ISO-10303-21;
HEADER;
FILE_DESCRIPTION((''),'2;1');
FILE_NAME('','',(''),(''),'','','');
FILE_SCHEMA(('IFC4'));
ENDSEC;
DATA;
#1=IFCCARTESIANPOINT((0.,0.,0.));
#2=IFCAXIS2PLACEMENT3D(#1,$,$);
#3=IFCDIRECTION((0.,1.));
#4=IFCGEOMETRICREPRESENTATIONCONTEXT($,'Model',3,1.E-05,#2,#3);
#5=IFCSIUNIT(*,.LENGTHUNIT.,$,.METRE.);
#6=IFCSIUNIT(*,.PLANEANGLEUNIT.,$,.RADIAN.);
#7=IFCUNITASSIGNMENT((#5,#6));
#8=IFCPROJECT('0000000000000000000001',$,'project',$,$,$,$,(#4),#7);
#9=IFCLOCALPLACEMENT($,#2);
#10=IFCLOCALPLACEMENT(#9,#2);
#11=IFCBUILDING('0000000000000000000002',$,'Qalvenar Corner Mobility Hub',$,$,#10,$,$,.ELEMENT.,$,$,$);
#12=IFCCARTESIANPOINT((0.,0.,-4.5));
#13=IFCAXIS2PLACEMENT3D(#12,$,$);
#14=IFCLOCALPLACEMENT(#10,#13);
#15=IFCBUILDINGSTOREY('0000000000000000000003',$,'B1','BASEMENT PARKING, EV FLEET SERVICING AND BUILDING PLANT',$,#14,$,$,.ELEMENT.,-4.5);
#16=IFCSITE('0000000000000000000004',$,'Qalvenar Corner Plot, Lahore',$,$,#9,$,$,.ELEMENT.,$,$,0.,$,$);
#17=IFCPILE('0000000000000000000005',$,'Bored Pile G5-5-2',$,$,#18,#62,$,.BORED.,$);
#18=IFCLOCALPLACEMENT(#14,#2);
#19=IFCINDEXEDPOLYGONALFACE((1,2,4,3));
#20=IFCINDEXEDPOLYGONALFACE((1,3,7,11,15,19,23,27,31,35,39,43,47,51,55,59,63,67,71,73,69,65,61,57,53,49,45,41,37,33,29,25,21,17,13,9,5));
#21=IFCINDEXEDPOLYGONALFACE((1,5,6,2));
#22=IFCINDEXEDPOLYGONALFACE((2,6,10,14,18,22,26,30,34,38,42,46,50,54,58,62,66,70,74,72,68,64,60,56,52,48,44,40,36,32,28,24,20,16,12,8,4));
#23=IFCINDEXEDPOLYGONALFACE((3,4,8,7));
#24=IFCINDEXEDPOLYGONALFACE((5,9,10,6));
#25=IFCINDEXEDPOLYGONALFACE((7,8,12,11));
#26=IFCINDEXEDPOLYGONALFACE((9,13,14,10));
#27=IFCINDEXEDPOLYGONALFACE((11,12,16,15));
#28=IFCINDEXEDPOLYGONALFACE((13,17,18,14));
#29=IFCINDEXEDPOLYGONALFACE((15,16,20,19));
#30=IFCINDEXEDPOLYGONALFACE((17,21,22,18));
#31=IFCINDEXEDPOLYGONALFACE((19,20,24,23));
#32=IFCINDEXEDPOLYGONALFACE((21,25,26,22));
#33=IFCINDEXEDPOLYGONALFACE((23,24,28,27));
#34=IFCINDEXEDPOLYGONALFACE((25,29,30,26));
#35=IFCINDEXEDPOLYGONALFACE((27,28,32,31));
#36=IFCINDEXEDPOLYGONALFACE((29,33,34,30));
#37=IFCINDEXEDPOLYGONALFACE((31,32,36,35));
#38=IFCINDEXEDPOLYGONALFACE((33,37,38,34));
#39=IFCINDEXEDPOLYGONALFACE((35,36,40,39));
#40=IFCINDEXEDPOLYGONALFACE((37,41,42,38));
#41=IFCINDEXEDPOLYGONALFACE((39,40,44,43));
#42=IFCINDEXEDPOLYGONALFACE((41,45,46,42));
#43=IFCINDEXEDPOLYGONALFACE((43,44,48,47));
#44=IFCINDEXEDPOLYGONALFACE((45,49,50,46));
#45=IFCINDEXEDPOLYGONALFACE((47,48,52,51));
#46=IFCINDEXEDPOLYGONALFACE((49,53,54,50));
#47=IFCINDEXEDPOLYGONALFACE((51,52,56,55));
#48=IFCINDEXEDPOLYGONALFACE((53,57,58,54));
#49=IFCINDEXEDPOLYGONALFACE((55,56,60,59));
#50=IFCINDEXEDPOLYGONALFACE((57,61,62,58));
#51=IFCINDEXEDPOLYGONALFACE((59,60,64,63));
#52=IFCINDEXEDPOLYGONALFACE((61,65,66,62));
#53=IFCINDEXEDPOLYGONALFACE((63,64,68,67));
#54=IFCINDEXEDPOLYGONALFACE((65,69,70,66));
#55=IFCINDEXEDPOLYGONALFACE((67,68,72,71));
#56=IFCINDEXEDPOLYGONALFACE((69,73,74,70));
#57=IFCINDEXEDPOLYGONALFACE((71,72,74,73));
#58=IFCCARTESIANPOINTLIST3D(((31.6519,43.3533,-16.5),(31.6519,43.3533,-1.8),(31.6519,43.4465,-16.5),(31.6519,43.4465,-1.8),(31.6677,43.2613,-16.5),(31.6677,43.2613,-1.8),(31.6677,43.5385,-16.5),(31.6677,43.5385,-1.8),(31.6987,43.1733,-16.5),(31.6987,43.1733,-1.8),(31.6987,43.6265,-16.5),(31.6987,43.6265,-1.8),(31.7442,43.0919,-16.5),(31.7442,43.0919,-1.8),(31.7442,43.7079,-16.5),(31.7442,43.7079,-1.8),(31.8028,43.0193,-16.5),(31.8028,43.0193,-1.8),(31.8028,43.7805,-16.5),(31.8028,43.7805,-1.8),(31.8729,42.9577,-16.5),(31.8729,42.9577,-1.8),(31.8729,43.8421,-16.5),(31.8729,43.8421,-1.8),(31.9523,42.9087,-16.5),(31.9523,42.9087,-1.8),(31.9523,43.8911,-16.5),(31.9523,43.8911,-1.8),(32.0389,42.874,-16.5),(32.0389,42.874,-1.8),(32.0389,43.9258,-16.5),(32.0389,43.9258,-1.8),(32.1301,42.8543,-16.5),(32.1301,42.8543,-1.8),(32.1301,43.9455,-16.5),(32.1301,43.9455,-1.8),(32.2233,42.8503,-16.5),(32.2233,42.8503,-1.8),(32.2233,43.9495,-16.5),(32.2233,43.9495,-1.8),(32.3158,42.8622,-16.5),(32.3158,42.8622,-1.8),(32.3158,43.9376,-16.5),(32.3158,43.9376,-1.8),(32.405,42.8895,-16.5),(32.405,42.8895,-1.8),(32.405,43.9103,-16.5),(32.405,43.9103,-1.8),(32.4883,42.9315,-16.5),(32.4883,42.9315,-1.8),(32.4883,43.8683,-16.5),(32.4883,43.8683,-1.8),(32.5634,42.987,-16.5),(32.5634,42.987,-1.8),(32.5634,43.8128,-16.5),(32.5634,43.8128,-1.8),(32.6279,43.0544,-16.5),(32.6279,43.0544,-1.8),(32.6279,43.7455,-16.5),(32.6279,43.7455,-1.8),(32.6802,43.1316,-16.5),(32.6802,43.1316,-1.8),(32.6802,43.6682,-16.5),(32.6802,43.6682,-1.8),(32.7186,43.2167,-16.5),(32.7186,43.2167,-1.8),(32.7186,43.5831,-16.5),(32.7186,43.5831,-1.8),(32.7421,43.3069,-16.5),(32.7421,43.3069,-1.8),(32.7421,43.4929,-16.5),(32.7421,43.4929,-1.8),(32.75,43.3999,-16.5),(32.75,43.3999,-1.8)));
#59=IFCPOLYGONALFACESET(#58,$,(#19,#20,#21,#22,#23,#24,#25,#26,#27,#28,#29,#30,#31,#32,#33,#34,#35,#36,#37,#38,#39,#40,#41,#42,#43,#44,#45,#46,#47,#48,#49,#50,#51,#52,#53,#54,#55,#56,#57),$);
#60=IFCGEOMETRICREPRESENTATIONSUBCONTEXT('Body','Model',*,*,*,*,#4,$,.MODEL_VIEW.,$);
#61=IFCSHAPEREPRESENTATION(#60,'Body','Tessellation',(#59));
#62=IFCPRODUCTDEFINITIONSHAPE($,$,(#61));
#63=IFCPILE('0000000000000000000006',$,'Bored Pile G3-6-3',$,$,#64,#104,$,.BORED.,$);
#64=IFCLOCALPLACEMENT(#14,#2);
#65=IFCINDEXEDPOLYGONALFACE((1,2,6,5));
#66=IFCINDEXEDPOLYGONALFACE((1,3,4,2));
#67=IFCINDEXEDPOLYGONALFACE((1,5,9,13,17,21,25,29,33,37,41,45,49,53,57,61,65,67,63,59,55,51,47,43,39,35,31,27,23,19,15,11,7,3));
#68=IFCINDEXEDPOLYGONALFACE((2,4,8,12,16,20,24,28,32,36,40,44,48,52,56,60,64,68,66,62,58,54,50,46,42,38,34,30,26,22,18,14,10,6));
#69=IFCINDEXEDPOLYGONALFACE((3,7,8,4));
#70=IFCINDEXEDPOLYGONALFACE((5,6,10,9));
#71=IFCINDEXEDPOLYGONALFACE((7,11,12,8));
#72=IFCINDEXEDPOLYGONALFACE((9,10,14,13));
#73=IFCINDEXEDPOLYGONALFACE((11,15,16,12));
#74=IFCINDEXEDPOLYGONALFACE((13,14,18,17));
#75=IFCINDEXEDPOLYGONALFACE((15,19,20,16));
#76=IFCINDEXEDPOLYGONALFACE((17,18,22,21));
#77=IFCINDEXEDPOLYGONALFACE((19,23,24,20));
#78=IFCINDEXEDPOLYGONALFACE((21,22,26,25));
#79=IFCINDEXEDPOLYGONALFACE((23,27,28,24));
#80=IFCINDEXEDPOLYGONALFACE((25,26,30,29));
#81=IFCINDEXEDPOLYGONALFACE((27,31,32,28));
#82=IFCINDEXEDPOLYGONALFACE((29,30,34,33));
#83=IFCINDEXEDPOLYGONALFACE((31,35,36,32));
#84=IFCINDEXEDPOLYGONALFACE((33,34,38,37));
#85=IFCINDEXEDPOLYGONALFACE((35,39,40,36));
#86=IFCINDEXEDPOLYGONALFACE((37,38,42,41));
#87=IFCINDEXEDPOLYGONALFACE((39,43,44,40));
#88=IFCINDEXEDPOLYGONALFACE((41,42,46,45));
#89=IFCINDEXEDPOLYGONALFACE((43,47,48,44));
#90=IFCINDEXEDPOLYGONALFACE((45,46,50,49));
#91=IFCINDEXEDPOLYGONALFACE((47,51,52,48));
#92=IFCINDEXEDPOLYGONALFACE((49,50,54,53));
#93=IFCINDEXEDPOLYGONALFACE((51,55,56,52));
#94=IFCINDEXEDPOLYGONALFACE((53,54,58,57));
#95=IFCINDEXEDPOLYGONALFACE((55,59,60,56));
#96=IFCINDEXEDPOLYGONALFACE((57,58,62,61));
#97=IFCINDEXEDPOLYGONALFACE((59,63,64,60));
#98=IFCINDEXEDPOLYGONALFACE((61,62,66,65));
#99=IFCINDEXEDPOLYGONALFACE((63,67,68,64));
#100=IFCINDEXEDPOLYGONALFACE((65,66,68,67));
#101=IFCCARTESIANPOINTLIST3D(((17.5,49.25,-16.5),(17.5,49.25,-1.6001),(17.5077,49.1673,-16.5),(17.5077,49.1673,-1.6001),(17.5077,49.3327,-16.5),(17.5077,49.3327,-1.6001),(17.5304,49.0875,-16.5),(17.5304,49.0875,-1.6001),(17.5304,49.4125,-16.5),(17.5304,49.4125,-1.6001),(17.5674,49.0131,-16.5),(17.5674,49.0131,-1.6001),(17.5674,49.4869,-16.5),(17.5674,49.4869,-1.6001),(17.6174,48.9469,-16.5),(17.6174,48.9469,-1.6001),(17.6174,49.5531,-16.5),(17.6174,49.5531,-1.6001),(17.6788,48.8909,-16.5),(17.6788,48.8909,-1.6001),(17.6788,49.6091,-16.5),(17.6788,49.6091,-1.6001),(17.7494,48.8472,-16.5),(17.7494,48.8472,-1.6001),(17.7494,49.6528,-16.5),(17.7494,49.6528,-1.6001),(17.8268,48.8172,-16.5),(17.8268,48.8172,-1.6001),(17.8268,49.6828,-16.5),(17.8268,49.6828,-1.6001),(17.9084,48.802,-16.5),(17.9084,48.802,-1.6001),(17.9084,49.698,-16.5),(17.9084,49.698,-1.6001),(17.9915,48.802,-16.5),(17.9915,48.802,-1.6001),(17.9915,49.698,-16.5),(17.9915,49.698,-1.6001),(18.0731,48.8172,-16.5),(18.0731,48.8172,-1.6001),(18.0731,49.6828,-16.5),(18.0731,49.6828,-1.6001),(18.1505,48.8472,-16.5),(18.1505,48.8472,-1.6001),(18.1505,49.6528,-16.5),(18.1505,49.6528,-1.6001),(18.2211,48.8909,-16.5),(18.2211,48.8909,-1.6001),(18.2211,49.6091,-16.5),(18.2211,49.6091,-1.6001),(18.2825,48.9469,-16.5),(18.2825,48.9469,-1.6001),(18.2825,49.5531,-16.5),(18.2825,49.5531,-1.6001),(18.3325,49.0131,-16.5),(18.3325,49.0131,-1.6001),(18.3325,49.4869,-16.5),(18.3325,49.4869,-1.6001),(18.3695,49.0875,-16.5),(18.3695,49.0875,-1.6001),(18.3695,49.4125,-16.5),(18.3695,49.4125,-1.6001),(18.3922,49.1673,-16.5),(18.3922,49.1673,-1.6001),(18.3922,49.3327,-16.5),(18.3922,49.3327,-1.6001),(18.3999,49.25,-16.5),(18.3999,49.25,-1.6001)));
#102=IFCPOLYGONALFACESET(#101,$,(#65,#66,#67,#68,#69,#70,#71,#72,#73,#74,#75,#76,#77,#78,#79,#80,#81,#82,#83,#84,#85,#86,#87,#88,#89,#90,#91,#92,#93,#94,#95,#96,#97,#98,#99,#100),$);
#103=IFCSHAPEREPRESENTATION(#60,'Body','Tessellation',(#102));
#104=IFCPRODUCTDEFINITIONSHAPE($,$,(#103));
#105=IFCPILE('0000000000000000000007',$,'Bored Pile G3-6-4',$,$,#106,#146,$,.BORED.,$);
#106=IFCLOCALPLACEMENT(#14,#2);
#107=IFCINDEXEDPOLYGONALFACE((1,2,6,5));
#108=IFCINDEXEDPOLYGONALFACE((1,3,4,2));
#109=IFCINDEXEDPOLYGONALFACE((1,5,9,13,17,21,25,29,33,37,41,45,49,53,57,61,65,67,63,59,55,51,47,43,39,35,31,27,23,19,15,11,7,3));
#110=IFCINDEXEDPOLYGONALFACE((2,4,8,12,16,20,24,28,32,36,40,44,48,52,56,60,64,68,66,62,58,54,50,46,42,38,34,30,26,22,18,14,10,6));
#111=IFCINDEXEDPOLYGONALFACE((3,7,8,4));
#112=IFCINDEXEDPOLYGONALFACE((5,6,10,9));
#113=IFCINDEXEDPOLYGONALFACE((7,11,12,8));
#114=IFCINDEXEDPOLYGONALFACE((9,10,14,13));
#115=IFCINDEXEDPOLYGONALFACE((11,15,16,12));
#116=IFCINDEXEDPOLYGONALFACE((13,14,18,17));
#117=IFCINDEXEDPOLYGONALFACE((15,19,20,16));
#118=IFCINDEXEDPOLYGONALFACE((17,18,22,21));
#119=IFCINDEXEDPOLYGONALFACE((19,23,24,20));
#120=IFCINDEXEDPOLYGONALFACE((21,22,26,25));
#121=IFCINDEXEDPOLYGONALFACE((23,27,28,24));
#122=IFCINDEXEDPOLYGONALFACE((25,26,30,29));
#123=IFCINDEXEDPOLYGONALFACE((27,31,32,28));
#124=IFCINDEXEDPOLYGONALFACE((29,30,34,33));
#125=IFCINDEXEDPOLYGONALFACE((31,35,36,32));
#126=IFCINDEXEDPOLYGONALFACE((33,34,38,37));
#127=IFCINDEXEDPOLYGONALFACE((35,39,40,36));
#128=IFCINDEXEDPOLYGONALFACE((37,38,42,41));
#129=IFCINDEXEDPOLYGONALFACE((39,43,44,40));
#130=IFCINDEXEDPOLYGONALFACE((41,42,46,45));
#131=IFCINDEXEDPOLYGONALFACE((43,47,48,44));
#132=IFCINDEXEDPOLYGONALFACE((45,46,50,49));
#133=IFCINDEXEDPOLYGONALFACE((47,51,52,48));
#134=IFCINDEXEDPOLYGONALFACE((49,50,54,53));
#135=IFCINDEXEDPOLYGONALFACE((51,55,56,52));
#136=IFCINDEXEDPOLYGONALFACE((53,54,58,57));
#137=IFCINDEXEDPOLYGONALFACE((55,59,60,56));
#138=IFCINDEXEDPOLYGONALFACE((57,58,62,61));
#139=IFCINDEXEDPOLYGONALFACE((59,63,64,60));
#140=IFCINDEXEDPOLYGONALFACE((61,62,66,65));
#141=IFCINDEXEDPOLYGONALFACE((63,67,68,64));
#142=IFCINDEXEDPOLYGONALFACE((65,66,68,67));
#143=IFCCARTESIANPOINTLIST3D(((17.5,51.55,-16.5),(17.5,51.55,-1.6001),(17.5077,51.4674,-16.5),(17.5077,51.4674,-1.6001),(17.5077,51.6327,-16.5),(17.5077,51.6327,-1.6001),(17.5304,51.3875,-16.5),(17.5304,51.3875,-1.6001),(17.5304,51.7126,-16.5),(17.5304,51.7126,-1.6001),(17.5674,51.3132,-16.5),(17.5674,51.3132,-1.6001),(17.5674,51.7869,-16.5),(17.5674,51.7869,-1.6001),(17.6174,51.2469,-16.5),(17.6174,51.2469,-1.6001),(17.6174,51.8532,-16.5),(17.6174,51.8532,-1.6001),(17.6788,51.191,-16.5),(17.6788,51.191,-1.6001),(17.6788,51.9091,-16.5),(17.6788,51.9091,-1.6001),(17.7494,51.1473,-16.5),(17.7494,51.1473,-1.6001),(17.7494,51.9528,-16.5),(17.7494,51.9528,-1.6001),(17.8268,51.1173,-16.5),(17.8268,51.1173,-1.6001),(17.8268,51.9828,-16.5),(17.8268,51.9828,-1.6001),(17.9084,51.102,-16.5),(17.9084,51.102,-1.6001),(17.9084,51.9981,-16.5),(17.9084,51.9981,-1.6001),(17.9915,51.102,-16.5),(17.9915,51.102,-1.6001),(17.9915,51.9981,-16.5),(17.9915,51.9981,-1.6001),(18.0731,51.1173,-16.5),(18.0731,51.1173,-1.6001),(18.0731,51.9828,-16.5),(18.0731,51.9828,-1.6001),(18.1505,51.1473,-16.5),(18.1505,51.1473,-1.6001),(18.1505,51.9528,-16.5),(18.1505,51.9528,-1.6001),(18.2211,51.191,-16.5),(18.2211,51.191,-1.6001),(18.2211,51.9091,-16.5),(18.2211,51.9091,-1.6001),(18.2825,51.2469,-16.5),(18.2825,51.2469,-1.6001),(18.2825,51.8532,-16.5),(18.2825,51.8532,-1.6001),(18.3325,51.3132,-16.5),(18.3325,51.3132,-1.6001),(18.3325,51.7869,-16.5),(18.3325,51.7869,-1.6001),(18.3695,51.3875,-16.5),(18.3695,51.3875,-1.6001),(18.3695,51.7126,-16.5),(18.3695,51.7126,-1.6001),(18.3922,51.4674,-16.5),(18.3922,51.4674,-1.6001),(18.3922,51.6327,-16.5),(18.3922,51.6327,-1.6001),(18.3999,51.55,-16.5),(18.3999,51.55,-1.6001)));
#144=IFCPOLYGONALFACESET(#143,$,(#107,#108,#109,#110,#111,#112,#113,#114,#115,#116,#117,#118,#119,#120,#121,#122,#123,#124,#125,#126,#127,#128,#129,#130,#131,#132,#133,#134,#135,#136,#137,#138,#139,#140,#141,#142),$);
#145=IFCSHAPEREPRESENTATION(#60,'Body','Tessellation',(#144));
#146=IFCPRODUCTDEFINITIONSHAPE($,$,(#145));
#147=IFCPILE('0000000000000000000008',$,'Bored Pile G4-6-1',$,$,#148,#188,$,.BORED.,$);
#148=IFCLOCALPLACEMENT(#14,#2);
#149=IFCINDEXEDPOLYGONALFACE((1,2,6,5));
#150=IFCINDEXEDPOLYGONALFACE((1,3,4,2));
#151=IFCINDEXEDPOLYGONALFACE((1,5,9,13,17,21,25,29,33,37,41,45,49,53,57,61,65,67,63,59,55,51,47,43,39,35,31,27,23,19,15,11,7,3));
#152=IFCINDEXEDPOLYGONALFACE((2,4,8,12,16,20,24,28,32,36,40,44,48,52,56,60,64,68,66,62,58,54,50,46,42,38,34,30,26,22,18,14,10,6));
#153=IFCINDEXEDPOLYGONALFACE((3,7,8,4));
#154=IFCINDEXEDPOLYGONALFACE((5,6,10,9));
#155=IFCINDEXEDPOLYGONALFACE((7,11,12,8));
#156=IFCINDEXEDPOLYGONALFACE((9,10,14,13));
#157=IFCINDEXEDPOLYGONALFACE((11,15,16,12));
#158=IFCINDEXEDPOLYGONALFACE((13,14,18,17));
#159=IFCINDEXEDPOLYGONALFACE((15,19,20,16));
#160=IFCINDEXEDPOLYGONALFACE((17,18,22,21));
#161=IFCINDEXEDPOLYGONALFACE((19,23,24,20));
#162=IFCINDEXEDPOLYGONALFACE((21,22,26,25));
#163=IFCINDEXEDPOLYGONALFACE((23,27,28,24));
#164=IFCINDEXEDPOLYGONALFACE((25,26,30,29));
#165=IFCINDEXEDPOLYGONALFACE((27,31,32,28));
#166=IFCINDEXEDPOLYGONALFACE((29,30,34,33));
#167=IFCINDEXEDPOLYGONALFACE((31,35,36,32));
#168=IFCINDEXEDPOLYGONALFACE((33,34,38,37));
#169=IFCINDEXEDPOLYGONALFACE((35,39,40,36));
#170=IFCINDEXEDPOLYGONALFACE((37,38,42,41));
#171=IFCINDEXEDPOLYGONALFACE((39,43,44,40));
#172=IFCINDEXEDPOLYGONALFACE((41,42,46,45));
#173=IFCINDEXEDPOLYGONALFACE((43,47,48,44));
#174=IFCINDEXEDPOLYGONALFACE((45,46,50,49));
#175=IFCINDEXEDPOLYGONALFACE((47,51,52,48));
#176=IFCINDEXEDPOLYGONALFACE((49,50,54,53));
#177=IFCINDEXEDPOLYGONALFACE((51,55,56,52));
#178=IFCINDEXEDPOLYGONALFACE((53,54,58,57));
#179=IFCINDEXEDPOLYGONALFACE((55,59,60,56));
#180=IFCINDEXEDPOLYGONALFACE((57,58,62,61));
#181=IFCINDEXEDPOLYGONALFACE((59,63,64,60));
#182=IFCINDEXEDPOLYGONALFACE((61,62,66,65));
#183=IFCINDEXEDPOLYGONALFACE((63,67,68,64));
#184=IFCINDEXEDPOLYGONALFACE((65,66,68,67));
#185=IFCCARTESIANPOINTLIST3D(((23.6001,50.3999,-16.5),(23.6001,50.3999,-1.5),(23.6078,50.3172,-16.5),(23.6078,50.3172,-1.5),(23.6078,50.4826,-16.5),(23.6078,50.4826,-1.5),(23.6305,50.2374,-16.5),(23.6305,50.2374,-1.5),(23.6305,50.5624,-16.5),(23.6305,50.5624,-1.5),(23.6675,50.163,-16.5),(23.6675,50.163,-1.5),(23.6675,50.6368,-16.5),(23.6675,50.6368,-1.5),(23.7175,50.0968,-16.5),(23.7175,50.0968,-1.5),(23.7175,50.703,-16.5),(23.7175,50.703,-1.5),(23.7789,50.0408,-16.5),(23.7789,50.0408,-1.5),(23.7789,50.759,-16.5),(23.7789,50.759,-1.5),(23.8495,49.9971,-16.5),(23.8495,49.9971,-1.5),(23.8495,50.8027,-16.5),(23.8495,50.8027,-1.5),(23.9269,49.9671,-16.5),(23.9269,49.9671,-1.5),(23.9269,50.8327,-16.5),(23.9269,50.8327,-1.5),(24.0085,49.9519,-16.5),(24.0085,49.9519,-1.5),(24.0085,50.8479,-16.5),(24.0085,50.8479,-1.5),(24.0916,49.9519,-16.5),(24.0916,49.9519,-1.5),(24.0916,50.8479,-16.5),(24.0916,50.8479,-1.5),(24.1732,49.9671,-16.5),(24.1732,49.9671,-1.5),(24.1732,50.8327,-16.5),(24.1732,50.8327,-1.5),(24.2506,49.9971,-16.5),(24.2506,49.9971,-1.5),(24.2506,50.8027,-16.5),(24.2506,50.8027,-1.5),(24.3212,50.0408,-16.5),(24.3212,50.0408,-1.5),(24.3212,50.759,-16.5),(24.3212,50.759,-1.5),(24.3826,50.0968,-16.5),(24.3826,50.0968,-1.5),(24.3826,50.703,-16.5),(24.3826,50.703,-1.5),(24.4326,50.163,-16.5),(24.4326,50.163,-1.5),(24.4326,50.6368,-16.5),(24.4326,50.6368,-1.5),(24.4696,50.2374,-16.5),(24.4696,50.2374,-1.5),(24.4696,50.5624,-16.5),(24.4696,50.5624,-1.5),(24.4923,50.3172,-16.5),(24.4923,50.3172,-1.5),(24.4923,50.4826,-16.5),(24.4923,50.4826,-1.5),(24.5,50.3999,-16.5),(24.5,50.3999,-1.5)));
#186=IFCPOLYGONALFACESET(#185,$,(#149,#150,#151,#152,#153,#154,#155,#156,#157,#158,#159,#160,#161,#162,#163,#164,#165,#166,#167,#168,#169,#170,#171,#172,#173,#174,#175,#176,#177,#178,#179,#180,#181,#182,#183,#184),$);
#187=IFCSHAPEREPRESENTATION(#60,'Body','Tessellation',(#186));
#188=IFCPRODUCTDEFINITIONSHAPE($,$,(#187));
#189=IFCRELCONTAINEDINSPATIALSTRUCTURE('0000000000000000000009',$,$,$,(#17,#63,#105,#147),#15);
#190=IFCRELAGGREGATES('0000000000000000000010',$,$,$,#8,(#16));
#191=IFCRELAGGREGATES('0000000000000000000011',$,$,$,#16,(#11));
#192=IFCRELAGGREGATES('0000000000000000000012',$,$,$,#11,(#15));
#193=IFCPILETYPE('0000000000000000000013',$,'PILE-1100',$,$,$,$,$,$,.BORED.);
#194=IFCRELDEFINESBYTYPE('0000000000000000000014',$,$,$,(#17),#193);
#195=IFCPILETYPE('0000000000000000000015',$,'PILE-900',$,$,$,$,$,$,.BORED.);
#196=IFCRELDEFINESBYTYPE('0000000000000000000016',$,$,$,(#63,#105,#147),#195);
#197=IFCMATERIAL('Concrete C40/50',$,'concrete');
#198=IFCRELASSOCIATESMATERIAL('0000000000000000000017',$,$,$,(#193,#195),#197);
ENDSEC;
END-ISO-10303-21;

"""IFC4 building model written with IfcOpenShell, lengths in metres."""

from ifc_helpers import new_model, si_unit, direction, frame, origin, origin_2d, place, context, subcontext, project, spatial, circle, extrude, material, material_profile, profile_set, type_object, element, save


model = new_model("IFC4")

# Units and contexts
model_context = context("Model", 3, precision=1e-05, world=origin(), true_north=direction((0.0, 1.0)))
body_context = subcontext(model_context, "Body", "Model", "MODEL_VIEW")
ifc_project = project(units=[si_unit("LENGTHUNIT", "METRE"), si_unit("PLANEANGLEUNIT", "RADIAN")], contexts=[model_context])

# Site, building, storey
site_placement = place(None, origin())
site = spatial("IfcSite", under=ifc_project, at=site_placement, Name="Qalvenar Corner Plot, Lahore", CompositionType="ELEMENT", RefElevation=0.0)
building_placement = place(site_placement, origin())
building = spatial("IfcBuilding", under=site, at=building_placement, Name="Qalvenar Corner Mobility Hub", CompositionType="ELEMENT")
storey_placement = place(building_placement, frame((0.0, 0.0, -4.5)))
storey = spatial("IfcBuildingStorey", under=building, at=storey_placement, Name="B1", Description="BASEMENT PARKING, EV FLEET SERVICING AND BUILDING PLANT", CompositionType="ELEMENT", Elevation=-4.5)

# Shared definitions
ifc_material_1 = material(Name="Concrete C40/50", Category="concrete")

# Piles
ifc_material_profile_1 = material_profile(ifc_material_1, circle(Radius=0.55, at=origin_2d()), Name="DIA1100")
ifc_profile_set_1 = profile_set([ifc_material_profile_1], Name="Concrete C40/50")
pile_type_1 = type_object("IfcPileType", Name="PILE-1100", PredefinedType="BORED", material=ifc_profile_set_1)
for number, where, z_axis, x_axis, name in (
    (1, (32.2, 43.3999, -1.8), (0.0, 0.0, -1.0), (1.0, 0.0, 0.0), "Bored Pile G5-5-2"),
):
    element("IfcPile", number, at=place(storey_placement, frame(where, z_axis=z_axis, x_axis=x_axis)), inside=storey, type_object=pile_type_1, Name=name, PredefinedType="BORED", context=body_context, shape_type="SweptSolid", body=[
        extrude(circle(Radius=0.55, at=origin_2d()), origin(), (0.0, 0.0, 1.0), 14.7),
    ])
ifc_material_profile_2 = material_profile(ifc_material_1, circle(Radius=0.45, at=origin_2d()), Name="DIA900")
ifc_profile_set_2 = profile_set([ifc_material_profile_2], Name="Concrete C40/50")
pile_type_2 = type_object("IfcPileType", Name="PILE-900", PredefinedType="BORED", material=ifc_profile_set_2)
for number, where, z_axis, x_axis, name in (
    (2, (17.95, 49.25, -1.6001), (0.0, 0.0, -1.0), (1.0, 0.0, 0.0), "Bored Pile G3-6-3"),
    (3, (17.95, 51.55, -1.6001), (0.0, 0.0, -1.0), (1.0, 0.0, 0.0), "Bored Pile G3-6-4"),
):
    element("IfcPile", number, at=place(storey_placement, frame(where, z_axis=z_axis, x_axis=x_axis)), inside=storey, type_object=pile_type_2, Name=name, PredefinedType="BORED", context=body_context, shape_type="SweptSolid", body=[
        extrude(circle(Radius=0.45, at=origin_2d()), origin(), (0.0, 0.0, 1.0), 14.8999),
    ])
for number, where, z_axis, x_axis, name in (
    (4, (24.05, 50.3999, -1.5), (0.0, 0.0, -1.0), (1.0, 0.0, 0.0), "Bored Pile G4-6-1"),
):
    element("IfcPile", number, at=place(storey_placement, frame(where, z_axis=z_axis, x_axis=x_axis)), inside=storey, type_object=pile_type_2, Name=name, PredefinedType="BORED", context=body_context, shape_type="SweptSolid", body=[
        extrude(circle(Radius=0.45, at=origin_2d()), origin(), (0.0, 0.0, 1.0), 15.0),
    ])

save(model, "model.ifc")
